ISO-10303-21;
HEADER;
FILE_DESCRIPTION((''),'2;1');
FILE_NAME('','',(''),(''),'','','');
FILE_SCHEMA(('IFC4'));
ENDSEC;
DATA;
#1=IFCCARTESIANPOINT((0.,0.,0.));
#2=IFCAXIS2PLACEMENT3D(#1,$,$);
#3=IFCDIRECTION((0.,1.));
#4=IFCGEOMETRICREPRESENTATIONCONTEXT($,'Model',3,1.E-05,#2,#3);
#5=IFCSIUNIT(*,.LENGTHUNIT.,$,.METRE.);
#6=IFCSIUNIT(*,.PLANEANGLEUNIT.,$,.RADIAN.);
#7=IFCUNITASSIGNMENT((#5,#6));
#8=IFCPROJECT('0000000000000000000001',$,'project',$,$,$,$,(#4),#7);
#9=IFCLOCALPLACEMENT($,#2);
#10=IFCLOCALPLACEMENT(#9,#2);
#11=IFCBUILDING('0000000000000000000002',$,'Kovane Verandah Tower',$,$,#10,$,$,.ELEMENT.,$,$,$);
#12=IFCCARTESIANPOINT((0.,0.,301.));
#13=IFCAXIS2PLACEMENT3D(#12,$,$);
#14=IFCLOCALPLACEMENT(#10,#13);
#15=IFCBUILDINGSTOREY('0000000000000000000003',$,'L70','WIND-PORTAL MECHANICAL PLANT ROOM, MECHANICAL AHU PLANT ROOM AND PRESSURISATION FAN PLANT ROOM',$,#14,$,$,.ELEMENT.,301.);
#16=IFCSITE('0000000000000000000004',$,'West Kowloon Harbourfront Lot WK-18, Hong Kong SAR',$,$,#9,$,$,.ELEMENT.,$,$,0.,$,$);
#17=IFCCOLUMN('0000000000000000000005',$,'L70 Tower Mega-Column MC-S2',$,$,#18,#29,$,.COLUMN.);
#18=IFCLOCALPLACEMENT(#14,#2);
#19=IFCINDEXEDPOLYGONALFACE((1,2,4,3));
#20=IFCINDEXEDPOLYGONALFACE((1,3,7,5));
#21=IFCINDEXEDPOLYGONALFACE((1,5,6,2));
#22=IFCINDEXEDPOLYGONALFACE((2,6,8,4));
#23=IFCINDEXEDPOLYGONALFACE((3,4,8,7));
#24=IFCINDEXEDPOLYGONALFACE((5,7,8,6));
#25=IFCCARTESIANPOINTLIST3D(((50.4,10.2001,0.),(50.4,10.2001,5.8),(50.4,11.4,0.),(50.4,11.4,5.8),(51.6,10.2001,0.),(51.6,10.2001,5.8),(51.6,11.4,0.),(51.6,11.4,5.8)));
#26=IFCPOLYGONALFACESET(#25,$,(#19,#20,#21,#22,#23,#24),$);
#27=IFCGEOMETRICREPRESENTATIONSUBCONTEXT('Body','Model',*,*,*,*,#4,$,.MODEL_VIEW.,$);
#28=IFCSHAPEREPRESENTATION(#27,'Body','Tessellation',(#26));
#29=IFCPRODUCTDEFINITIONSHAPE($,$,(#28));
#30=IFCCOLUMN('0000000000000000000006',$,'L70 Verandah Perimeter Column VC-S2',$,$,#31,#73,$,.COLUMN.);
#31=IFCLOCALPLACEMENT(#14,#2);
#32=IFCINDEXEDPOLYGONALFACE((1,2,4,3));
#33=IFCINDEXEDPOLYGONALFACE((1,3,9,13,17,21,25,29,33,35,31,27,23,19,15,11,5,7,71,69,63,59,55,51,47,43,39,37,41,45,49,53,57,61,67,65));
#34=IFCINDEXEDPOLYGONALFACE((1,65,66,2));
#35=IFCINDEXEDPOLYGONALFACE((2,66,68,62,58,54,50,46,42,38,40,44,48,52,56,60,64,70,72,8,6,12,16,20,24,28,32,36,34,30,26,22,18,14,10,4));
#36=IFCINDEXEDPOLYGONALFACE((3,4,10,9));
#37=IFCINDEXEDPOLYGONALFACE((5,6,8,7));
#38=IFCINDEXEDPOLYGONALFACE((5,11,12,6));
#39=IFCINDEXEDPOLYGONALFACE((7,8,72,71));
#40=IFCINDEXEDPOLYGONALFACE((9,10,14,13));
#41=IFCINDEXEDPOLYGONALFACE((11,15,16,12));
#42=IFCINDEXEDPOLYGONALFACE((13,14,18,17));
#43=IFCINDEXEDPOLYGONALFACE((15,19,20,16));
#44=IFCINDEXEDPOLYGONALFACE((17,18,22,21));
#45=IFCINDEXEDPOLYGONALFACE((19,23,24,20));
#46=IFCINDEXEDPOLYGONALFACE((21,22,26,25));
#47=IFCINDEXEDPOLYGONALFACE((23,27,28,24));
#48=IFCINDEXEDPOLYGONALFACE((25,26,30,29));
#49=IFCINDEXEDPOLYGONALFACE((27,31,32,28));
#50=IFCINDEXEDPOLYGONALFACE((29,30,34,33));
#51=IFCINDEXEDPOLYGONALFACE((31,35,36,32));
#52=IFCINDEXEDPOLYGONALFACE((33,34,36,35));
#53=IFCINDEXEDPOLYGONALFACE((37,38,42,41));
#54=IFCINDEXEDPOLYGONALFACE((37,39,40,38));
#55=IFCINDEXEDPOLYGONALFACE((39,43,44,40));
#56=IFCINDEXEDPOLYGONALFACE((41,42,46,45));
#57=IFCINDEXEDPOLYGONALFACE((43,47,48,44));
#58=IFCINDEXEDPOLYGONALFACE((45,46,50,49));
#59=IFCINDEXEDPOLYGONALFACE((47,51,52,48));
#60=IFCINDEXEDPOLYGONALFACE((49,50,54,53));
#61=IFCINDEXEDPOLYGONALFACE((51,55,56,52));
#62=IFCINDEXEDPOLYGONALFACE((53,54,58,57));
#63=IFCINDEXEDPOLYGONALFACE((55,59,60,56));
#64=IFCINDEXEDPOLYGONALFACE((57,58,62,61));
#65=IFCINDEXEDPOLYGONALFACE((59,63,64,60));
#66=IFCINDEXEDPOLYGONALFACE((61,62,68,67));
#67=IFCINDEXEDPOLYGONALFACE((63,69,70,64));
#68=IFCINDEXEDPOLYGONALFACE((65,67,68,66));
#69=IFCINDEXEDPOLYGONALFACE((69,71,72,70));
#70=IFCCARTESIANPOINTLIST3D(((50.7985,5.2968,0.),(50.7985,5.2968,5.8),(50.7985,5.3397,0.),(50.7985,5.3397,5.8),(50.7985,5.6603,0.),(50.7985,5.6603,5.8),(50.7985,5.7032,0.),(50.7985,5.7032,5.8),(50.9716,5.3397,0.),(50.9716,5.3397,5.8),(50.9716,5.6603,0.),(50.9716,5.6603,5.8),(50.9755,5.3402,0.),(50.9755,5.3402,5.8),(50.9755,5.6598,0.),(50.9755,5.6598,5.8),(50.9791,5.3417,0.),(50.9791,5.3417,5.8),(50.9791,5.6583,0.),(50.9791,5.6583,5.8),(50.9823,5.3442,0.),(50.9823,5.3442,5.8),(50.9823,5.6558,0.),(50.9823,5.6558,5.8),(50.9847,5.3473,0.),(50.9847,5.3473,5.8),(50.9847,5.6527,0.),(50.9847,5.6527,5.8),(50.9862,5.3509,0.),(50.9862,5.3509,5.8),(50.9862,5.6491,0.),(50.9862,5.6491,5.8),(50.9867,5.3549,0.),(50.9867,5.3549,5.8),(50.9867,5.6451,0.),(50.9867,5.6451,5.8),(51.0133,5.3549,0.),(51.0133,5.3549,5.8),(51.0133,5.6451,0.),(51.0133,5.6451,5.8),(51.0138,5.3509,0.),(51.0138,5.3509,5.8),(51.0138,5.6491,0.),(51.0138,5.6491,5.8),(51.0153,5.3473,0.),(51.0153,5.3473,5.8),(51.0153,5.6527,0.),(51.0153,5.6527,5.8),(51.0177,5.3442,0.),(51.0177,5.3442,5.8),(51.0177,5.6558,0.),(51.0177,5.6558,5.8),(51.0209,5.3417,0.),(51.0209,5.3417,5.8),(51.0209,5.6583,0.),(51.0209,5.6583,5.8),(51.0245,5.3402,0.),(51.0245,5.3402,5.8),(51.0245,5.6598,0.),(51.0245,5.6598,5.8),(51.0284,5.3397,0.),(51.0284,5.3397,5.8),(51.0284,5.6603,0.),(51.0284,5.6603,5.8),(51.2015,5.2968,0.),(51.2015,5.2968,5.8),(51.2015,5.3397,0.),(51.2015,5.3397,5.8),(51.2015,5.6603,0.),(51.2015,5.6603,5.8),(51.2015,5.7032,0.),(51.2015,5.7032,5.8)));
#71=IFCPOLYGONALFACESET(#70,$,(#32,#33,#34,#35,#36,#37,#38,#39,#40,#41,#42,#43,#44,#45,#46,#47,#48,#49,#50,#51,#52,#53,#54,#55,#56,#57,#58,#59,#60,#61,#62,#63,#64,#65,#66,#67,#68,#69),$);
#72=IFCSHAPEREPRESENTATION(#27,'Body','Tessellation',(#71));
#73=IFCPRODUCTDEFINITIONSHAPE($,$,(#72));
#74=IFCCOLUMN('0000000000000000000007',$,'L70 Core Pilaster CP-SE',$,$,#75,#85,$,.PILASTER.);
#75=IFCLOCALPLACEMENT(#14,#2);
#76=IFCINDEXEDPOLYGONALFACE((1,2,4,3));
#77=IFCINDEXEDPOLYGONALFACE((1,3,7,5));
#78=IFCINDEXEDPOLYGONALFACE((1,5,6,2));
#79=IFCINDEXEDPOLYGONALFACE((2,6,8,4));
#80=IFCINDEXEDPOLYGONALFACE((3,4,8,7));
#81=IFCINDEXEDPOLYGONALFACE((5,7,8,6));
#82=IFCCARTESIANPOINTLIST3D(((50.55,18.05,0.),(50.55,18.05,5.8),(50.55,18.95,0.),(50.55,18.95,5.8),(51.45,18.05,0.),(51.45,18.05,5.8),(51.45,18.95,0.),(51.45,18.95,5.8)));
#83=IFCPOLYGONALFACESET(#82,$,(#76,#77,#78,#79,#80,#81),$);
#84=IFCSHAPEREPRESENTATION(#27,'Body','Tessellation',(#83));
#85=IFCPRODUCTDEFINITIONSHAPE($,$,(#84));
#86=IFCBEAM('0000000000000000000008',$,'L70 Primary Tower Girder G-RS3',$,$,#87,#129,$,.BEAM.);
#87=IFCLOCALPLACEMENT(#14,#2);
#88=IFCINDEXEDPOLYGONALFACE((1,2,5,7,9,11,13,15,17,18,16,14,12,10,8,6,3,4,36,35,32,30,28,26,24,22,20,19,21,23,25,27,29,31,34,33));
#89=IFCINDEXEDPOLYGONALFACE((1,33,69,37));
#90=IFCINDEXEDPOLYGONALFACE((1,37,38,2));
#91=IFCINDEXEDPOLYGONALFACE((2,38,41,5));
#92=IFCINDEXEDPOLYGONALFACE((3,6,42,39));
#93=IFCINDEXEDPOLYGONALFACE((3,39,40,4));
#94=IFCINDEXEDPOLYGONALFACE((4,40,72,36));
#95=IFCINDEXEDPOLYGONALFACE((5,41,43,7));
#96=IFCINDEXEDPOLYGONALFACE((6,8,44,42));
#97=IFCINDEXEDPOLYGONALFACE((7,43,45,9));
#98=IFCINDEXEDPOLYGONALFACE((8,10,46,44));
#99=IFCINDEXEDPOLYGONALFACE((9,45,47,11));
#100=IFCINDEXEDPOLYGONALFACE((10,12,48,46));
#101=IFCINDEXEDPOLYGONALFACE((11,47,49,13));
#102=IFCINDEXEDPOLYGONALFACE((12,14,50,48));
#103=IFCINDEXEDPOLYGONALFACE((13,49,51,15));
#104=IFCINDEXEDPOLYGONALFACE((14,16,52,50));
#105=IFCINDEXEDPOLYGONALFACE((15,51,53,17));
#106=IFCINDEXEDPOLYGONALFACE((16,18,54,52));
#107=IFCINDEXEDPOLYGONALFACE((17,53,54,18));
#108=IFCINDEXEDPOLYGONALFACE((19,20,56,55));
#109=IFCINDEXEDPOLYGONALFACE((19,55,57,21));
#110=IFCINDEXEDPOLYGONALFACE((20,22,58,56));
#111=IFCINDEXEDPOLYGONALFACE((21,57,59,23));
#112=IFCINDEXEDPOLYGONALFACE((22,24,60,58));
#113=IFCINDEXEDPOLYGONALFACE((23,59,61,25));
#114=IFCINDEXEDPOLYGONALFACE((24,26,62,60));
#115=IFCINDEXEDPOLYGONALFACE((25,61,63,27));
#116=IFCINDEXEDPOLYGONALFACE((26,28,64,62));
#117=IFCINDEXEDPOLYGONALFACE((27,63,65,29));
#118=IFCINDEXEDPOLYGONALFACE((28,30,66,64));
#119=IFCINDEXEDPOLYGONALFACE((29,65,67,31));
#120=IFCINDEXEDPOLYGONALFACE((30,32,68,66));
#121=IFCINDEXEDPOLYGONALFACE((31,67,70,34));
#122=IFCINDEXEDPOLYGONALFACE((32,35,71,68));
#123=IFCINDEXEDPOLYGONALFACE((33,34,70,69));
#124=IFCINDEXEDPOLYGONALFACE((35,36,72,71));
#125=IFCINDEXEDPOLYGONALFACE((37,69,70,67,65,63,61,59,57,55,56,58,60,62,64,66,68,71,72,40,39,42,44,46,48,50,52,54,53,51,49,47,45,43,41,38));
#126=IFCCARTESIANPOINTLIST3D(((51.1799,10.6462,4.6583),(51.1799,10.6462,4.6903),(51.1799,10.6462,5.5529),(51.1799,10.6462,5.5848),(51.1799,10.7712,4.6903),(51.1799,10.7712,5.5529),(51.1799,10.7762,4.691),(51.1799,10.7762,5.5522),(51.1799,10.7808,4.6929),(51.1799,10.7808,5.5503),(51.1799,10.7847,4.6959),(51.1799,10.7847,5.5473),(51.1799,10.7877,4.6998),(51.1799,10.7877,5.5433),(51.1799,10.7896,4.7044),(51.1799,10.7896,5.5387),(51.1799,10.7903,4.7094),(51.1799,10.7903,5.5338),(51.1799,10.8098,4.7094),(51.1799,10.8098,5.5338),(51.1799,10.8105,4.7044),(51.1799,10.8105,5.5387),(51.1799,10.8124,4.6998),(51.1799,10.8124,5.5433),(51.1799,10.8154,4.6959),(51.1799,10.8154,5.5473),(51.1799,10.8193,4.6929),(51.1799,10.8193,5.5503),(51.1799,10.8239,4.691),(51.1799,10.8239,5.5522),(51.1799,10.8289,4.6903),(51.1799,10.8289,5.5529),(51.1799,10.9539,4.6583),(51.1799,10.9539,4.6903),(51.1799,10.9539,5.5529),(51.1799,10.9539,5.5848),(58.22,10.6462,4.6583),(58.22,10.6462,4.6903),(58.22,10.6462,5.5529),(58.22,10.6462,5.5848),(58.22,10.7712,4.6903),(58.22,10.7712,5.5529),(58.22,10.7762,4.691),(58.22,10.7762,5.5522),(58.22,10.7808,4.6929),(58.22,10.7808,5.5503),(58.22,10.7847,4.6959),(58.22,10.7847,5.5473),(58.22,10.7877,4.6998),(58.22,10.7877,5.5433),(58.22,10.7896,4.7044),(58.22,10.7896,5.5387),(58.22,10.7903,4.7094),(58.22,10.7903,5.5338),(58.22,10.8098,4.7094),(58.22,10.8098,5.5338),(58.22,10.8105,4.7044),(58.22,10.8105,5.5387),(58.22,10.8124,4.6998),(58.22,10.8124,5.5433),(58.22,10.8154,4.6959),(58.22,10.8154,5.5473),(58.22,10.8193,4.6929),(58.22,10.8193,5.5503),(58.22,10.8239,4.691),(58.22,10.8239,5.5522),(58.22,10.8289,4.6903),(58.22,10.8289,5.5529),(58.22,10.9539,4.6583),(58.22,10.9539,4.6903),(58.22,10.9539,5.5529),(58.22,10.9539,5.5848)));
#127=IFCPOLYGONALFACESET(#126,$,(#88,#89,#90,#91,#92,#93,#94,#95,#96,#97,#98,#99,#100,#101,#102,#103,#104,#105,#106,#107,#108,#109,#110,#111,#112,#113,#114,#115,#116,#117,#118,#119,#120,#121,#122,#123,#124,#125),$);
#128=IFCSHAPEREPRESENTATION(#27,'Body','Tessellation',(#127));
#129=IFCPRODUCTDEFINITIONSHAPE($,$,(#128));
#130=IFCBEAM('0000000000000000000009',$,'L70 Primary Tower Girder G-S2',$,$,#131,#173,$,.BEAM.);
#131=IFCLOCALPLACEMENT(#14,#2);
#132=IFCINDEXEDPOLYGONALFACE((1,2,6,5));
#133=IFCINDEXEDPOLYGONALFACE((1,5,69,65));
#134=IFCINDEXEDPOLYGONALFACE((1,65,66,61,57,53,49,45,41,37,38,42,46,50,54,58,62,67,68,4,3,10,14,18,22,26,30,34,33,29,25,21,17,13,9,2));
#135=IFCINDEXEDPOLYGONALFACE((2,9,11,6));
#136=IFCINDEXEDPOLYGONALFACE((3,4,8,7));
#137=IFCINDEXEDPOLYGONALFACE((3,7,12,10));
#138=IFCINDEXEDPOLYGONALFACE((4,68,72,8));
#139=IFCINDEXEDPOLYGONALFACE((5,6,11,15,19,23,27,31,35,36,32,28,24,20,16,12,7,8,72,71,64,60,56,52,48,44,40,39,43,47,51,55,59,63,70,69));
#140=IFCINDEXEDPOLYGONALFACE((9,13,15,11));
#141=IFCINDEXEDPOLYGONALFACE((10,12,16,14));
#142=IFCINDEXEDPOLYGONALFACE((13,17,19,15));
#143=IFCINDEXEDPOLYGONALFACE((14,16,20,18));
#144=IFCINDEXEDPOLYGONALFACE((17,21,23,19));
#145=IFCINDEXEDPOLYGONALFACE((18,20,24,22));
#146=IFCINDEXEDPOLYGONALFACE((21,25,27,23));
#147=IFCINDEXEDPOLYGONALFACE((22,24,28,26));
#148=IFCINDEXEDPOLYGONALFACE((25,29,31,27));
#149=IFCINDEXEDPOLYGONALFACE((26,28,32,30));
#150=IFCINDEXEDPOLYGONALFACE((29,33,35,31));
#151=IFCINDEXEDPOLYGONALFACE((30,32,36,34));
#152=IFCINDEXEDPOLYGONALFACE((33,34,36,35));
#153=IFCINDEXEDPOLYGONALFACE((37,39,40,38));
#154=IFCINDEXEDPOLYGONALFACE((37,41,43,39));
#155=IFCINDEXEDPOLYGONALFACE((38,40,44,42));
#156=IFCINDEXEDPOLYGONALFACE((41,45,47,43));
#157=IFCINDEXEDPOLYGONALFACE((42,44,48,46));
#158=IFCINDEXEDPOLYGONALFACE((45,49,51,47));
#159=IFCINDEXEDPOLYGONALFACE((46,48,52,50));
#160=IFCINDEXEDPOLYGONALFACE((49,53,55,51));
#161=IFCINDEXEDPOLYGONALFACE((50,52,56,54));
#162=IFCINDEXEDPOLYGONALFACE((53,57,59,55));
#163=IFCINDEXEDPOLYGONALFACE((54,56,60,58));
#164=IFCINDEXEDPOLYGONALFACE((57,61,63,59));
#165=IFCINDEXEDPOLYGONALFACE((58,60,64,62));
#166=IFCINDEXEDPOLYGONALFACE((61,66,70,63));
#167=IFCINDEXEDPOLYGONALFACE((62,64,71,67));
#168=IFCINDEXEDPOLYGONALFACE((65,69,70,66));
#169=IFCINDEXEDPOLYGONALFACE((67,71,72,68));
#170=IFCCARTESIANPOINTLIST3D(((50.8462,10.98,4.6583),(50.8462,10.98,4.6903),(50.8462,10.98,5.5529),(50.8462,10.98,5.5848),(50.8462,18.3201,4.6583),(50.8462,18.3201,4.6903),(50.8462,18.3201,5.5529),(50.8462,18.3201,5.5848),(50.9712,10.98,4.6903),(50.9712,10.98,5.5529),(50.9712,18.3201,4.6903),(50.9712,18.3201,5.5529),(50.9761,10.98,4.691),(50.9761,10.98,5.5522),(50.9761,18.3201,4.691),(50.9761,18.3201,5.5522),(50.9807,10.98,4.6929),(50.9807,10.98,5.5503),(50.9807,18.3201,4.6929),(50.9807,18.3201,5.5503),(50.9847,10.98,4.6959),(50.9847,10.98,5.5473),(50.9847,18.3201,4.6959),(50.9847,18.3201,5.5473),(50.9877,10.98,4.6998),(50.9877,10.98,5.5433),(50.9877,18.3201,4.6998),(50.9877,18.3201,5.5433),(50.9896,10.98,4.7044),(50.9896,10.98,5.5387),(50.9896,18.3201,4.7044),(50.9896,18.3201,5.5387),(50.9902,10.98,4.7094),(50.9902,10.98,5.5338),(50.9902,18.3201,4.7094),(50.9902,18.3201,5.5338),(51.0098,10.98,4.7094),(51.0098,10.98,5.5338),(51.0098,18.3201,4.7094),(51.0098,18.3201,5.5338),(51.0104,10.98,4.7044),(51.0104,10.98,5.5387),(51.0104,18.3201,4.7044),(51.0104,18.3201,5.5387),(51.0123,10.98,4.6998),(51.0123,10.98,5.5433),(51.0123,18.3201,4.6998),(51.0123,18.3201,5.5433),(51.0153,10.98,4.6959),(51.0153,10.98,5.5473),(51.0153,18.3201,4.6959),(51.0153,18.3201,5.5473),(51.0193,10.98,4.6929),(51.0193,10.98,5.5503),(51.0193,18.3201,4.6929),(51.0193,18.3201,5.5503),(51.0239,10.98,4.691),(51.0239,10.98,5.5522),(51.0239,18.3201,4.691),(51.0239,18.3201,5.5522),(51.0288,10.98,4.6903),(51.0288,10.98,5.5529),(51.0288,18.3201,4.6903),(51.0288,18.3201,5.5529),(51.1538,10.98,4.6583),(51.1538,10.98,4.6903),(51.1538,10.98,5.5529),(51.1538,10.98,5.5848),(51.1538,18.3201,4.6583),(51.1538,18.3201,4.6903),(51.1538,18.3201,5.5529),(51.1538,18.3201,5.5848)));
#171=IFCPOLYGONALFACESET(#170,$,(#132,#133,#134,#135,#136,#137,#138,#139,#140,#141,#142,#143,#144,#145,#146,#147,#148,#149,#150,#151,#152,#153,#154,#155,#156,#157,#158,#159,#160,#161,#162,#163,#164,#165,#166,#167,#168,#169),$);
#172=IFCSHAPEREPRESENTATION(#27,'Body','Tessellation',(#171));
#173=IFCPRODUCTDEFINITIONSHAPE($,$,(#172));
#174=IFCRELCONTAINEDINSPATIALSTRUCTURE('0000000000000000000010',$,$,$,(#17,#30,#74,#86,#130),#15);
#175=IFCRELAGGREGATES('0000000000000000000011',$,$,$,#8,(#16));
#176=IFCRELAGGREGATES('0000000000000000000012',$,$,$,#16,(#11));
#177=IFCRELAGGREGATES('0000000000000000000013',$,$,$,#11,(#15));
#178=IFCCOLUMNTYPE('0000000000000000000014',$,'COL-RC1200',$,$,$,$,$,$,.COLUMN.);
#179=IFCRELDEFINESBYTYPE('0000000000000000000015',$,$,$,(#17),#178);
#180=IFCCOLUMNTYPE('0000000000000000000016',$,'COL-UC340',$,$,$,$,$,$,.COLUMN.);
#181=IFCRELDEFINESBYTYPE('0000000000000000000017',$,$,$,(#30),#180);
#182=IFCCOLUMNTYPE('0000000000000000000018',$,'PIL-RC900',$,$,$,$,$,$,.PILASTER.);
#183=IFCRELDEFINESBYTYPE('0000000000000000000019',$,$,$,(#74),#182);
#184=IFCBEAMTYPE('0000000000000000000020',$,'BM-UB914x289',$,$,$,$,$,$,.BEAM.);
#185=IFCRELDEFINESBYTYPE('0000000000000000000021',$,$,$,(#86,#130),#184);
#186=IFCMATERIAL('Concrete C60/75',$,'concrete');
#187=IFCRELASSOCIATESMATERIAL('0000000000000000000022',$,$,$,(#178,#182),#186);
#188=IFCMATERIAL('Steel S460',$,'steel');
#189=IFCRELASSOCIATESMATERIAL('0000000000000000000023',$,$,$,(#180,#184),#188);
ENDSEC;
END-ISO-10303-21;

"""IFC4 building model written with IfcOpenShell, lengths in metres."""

from ifc_helpers import new_model, si_unit, direction, frame, origin, origin_2d, place, context, subcontext, project, spatial, rectangle, i_section, extrude, material, material_profile, profile_set, type_object, element, save


model = new_model("IFC4")

# Units and contexts
model_context = context("Model", 3, precision=1e-05, world=origin(), true_north=direction((0.0, 1.0)))
body_context = subcontext(model_context, "Body", "Model", "MODEL_VIEW")
ifc_project = project(units=[si_unit("LENGTHUNIT", "METRE"), si_unit("PLANEANGLEUNIT", "RADIAN")], contexts=[model_context])

# Site, building, storey
site_placement = place(None, origin())
site = spatial("IfcSite", under=ifc_project, at=site_placement, Name="West Kowloon Harbourfront Lot WK-18, Hong Kong SAR", CompositionType="ELEMENT", RefElevation=0.0)
building_placement = place(site_placement, origin())
building = spatial("IfcBuilding", under=site, at=building_placement, Name="Kovane Verandah Tower", CompositionType="ELEMENT")
storey_placement = place(building_placement, frame((0.0, 0.0, 301.0)))
storey = spatial("IfcBuildingStorey", under=building, at=storey_placement, Name="L70", Description="WIND-PORTAL MECHANICAL PLANT ROOM, MECHANICAL AHU PLANT ROOM AND PRESSURISATION FAN PLANT ROOM", CompositionType="ELEMENT", Elevation=301.0)

# Columns
ifc_material_1 = material(Name="Concrete C60/75", Category="concrete")
ifc_material_profile_1 = material_profile(ifc_material_1, rectangle(XDim=1.2, YDim=1.2, at=origin_2d()), Name="RC1200x1200")
ifc_profile_set_1 = profile_set([ifc_material_profile_1], Name="Concrete C60/75")
column_type_1 = type_object("IfcColumnType", Name="COL-RC1200", PredefinedType="COLUMN", material=ifc_profile_set_1)
column_1_placement = place(storey_placement, frame((51.0, 10.8, 0.0), z_axis=(0.0, 0.0, 1.0), x_axis=(1.0, 0.0, 0.0)))
element("IfcColumn", 1, at=column_1_placement, inside=storey, type_object=column_type_1, Name="L70 Tower Mega-Column MC-S2", PredefinedType="COLUMN", context=body_context, shape_type="SweptSolid", body=[
    extrude(rectangle(XDim=1.2, YDim=1.2, at=origin_2d()), origin(), (0.0, 0.0, 1.0), 5.8),
])
ifc_material_2 = material(Name="Steel S460", Category="steel")
ifc_material_profile_2 = material_profile(ifc_material_2, i_section(OverallWidth=0.4031, OverallDepth=0.4065, WebThickness=0.0266, FlangeThickness=0.043, FilletRadius=0.0151, at=origin_2d()), Name="UC356x406x340")
ifc_profile_set_2 = profile_set([ifc_material_profile_2], Name="Steel S460")
column_type_2 = type_object("IfcColumnType", Name="COL-UC340", PredefinedType="COLUMN", material=ifc_profile_set_2)
column_2_placement = place(storey_placement, frame((51.0, 5.5, 0.0), z_axis=(0.0, 0.0, 1.0), x_axis=(1.0, 0.0, 0.0)))
element("IfcColumn", 2, at=column_2_placement, inside=storey, type_object=column_type_2, Name="L70 Verandah Perimeter Column VC-S2", PredefinedType="COLUMN", context=body_context, shape_type="SweptSolid", body=[
    extrude(i_section(OverallWidth=0.4031, OverallDepth=0.4065, WebThickness=0.0266, FlangeThickness=0.043, FilletRadius=0.0151, at=origin_2d()), origin(), (0.0, 0.0, 1.0), 5.8),
])
ifc_material_profile_3 = material_profile(ifc_material_1, rectangle(XDim=0.8999, YDim=0.8999, at=origin_2d()), Name="RC900x900")
ifc_profile_set_3 = profile_set([ifc_material_profile_3], Name="Concrete C60/75")
column_type_3 = type_object("IfcColumnType", Name="PIL-RC900", PredefinedType="PILASTER", material=ifc_profile_set_3)
column_3_placement = place(storey_placement, frame((51.0, 18.5, 0.0), z_axis=(0.0, 0.0, 1.0), x_axis=(1.0, 0.0, 0.0)))
element("IfcColumn", 3, at=column_3_placement, inside=storey, type_object=column_type_3, Name="L70 Core Pilaster CP-SE", PredefinedType="PILASTER", context=body_context, shape_type="SweptSolid", body=[
    extrude(rectangle(XDim=0.8999, YDim=0.8999, at=origin_2d()), origin(), (0.0, 0.0, 1.0), 5.8),
])

# Beams
ifc_material_profile_4 = material_profile(ifc_material_2, i_section(OverallWidth=0.3076, OverallDepth=0.9265, WebThickness=0.0195, FlangeThickness=0.032, FilletRadius=0.019, at=origin_2d()), Name="UB914x305x289")
ifc_profile_set_4 = profile_set([ifc_material_profile_4], Name="Steel S460")
beam_type_1 = type_object("IfcBeamType", Name="BM-UB914x289", PredefinedType="BEAM", material=ifc_profile_set_4)
beam_1_placement = place(storey_placement, frame((51.1799, 10.8, 5.1216), z_axis=(1.0, 0.0, 0.0), x_axis=(0.0, 1.0, 0.0)))
element("IfcBeam", 4, at=beam_1_placement, inside=storey, type_object=beam_type_1, Name="L70 Primary Tower Girder G-RS3", PredefinedType="BEAM", context=body_context, shape_type="SweptSolid", body=[
    extrude(i_section(OverallWidth=0.3076, OverallDepth=0.9265, WebThickness=0.0195, FlangeThickness=0.032, FilletRadius=0.019, at=origin_2d()), origin(), (0.0, 0.0, 1.0), 7.04),
])
beam_2_placement = place(storey_placement, frame((51.0, 18.3201, 5.1216), z_axis=(0.0, -1.0, 0.0), x_axis=(1.0, 0.0, 0.0)))
element("IfcBeam", 5, at=beam_2_placement, inside=storey, type_object=beam_type_1, Name="L70 Primary Tower Girder G-S2", PredefinedType="BEAM", context=body_context, shape_type="SweptSolid", body=[
    extrude(i_section(OverallWidth=0.3076, OverallDepth=0.9265, WebThickness=0.0195, FlangeThickness=0.032, FilletRadius=0.019, at=origin_2d()), origin(), (0.0, 0.0, 1.0), 7.3401),
])

save(model, "model.ifc")
